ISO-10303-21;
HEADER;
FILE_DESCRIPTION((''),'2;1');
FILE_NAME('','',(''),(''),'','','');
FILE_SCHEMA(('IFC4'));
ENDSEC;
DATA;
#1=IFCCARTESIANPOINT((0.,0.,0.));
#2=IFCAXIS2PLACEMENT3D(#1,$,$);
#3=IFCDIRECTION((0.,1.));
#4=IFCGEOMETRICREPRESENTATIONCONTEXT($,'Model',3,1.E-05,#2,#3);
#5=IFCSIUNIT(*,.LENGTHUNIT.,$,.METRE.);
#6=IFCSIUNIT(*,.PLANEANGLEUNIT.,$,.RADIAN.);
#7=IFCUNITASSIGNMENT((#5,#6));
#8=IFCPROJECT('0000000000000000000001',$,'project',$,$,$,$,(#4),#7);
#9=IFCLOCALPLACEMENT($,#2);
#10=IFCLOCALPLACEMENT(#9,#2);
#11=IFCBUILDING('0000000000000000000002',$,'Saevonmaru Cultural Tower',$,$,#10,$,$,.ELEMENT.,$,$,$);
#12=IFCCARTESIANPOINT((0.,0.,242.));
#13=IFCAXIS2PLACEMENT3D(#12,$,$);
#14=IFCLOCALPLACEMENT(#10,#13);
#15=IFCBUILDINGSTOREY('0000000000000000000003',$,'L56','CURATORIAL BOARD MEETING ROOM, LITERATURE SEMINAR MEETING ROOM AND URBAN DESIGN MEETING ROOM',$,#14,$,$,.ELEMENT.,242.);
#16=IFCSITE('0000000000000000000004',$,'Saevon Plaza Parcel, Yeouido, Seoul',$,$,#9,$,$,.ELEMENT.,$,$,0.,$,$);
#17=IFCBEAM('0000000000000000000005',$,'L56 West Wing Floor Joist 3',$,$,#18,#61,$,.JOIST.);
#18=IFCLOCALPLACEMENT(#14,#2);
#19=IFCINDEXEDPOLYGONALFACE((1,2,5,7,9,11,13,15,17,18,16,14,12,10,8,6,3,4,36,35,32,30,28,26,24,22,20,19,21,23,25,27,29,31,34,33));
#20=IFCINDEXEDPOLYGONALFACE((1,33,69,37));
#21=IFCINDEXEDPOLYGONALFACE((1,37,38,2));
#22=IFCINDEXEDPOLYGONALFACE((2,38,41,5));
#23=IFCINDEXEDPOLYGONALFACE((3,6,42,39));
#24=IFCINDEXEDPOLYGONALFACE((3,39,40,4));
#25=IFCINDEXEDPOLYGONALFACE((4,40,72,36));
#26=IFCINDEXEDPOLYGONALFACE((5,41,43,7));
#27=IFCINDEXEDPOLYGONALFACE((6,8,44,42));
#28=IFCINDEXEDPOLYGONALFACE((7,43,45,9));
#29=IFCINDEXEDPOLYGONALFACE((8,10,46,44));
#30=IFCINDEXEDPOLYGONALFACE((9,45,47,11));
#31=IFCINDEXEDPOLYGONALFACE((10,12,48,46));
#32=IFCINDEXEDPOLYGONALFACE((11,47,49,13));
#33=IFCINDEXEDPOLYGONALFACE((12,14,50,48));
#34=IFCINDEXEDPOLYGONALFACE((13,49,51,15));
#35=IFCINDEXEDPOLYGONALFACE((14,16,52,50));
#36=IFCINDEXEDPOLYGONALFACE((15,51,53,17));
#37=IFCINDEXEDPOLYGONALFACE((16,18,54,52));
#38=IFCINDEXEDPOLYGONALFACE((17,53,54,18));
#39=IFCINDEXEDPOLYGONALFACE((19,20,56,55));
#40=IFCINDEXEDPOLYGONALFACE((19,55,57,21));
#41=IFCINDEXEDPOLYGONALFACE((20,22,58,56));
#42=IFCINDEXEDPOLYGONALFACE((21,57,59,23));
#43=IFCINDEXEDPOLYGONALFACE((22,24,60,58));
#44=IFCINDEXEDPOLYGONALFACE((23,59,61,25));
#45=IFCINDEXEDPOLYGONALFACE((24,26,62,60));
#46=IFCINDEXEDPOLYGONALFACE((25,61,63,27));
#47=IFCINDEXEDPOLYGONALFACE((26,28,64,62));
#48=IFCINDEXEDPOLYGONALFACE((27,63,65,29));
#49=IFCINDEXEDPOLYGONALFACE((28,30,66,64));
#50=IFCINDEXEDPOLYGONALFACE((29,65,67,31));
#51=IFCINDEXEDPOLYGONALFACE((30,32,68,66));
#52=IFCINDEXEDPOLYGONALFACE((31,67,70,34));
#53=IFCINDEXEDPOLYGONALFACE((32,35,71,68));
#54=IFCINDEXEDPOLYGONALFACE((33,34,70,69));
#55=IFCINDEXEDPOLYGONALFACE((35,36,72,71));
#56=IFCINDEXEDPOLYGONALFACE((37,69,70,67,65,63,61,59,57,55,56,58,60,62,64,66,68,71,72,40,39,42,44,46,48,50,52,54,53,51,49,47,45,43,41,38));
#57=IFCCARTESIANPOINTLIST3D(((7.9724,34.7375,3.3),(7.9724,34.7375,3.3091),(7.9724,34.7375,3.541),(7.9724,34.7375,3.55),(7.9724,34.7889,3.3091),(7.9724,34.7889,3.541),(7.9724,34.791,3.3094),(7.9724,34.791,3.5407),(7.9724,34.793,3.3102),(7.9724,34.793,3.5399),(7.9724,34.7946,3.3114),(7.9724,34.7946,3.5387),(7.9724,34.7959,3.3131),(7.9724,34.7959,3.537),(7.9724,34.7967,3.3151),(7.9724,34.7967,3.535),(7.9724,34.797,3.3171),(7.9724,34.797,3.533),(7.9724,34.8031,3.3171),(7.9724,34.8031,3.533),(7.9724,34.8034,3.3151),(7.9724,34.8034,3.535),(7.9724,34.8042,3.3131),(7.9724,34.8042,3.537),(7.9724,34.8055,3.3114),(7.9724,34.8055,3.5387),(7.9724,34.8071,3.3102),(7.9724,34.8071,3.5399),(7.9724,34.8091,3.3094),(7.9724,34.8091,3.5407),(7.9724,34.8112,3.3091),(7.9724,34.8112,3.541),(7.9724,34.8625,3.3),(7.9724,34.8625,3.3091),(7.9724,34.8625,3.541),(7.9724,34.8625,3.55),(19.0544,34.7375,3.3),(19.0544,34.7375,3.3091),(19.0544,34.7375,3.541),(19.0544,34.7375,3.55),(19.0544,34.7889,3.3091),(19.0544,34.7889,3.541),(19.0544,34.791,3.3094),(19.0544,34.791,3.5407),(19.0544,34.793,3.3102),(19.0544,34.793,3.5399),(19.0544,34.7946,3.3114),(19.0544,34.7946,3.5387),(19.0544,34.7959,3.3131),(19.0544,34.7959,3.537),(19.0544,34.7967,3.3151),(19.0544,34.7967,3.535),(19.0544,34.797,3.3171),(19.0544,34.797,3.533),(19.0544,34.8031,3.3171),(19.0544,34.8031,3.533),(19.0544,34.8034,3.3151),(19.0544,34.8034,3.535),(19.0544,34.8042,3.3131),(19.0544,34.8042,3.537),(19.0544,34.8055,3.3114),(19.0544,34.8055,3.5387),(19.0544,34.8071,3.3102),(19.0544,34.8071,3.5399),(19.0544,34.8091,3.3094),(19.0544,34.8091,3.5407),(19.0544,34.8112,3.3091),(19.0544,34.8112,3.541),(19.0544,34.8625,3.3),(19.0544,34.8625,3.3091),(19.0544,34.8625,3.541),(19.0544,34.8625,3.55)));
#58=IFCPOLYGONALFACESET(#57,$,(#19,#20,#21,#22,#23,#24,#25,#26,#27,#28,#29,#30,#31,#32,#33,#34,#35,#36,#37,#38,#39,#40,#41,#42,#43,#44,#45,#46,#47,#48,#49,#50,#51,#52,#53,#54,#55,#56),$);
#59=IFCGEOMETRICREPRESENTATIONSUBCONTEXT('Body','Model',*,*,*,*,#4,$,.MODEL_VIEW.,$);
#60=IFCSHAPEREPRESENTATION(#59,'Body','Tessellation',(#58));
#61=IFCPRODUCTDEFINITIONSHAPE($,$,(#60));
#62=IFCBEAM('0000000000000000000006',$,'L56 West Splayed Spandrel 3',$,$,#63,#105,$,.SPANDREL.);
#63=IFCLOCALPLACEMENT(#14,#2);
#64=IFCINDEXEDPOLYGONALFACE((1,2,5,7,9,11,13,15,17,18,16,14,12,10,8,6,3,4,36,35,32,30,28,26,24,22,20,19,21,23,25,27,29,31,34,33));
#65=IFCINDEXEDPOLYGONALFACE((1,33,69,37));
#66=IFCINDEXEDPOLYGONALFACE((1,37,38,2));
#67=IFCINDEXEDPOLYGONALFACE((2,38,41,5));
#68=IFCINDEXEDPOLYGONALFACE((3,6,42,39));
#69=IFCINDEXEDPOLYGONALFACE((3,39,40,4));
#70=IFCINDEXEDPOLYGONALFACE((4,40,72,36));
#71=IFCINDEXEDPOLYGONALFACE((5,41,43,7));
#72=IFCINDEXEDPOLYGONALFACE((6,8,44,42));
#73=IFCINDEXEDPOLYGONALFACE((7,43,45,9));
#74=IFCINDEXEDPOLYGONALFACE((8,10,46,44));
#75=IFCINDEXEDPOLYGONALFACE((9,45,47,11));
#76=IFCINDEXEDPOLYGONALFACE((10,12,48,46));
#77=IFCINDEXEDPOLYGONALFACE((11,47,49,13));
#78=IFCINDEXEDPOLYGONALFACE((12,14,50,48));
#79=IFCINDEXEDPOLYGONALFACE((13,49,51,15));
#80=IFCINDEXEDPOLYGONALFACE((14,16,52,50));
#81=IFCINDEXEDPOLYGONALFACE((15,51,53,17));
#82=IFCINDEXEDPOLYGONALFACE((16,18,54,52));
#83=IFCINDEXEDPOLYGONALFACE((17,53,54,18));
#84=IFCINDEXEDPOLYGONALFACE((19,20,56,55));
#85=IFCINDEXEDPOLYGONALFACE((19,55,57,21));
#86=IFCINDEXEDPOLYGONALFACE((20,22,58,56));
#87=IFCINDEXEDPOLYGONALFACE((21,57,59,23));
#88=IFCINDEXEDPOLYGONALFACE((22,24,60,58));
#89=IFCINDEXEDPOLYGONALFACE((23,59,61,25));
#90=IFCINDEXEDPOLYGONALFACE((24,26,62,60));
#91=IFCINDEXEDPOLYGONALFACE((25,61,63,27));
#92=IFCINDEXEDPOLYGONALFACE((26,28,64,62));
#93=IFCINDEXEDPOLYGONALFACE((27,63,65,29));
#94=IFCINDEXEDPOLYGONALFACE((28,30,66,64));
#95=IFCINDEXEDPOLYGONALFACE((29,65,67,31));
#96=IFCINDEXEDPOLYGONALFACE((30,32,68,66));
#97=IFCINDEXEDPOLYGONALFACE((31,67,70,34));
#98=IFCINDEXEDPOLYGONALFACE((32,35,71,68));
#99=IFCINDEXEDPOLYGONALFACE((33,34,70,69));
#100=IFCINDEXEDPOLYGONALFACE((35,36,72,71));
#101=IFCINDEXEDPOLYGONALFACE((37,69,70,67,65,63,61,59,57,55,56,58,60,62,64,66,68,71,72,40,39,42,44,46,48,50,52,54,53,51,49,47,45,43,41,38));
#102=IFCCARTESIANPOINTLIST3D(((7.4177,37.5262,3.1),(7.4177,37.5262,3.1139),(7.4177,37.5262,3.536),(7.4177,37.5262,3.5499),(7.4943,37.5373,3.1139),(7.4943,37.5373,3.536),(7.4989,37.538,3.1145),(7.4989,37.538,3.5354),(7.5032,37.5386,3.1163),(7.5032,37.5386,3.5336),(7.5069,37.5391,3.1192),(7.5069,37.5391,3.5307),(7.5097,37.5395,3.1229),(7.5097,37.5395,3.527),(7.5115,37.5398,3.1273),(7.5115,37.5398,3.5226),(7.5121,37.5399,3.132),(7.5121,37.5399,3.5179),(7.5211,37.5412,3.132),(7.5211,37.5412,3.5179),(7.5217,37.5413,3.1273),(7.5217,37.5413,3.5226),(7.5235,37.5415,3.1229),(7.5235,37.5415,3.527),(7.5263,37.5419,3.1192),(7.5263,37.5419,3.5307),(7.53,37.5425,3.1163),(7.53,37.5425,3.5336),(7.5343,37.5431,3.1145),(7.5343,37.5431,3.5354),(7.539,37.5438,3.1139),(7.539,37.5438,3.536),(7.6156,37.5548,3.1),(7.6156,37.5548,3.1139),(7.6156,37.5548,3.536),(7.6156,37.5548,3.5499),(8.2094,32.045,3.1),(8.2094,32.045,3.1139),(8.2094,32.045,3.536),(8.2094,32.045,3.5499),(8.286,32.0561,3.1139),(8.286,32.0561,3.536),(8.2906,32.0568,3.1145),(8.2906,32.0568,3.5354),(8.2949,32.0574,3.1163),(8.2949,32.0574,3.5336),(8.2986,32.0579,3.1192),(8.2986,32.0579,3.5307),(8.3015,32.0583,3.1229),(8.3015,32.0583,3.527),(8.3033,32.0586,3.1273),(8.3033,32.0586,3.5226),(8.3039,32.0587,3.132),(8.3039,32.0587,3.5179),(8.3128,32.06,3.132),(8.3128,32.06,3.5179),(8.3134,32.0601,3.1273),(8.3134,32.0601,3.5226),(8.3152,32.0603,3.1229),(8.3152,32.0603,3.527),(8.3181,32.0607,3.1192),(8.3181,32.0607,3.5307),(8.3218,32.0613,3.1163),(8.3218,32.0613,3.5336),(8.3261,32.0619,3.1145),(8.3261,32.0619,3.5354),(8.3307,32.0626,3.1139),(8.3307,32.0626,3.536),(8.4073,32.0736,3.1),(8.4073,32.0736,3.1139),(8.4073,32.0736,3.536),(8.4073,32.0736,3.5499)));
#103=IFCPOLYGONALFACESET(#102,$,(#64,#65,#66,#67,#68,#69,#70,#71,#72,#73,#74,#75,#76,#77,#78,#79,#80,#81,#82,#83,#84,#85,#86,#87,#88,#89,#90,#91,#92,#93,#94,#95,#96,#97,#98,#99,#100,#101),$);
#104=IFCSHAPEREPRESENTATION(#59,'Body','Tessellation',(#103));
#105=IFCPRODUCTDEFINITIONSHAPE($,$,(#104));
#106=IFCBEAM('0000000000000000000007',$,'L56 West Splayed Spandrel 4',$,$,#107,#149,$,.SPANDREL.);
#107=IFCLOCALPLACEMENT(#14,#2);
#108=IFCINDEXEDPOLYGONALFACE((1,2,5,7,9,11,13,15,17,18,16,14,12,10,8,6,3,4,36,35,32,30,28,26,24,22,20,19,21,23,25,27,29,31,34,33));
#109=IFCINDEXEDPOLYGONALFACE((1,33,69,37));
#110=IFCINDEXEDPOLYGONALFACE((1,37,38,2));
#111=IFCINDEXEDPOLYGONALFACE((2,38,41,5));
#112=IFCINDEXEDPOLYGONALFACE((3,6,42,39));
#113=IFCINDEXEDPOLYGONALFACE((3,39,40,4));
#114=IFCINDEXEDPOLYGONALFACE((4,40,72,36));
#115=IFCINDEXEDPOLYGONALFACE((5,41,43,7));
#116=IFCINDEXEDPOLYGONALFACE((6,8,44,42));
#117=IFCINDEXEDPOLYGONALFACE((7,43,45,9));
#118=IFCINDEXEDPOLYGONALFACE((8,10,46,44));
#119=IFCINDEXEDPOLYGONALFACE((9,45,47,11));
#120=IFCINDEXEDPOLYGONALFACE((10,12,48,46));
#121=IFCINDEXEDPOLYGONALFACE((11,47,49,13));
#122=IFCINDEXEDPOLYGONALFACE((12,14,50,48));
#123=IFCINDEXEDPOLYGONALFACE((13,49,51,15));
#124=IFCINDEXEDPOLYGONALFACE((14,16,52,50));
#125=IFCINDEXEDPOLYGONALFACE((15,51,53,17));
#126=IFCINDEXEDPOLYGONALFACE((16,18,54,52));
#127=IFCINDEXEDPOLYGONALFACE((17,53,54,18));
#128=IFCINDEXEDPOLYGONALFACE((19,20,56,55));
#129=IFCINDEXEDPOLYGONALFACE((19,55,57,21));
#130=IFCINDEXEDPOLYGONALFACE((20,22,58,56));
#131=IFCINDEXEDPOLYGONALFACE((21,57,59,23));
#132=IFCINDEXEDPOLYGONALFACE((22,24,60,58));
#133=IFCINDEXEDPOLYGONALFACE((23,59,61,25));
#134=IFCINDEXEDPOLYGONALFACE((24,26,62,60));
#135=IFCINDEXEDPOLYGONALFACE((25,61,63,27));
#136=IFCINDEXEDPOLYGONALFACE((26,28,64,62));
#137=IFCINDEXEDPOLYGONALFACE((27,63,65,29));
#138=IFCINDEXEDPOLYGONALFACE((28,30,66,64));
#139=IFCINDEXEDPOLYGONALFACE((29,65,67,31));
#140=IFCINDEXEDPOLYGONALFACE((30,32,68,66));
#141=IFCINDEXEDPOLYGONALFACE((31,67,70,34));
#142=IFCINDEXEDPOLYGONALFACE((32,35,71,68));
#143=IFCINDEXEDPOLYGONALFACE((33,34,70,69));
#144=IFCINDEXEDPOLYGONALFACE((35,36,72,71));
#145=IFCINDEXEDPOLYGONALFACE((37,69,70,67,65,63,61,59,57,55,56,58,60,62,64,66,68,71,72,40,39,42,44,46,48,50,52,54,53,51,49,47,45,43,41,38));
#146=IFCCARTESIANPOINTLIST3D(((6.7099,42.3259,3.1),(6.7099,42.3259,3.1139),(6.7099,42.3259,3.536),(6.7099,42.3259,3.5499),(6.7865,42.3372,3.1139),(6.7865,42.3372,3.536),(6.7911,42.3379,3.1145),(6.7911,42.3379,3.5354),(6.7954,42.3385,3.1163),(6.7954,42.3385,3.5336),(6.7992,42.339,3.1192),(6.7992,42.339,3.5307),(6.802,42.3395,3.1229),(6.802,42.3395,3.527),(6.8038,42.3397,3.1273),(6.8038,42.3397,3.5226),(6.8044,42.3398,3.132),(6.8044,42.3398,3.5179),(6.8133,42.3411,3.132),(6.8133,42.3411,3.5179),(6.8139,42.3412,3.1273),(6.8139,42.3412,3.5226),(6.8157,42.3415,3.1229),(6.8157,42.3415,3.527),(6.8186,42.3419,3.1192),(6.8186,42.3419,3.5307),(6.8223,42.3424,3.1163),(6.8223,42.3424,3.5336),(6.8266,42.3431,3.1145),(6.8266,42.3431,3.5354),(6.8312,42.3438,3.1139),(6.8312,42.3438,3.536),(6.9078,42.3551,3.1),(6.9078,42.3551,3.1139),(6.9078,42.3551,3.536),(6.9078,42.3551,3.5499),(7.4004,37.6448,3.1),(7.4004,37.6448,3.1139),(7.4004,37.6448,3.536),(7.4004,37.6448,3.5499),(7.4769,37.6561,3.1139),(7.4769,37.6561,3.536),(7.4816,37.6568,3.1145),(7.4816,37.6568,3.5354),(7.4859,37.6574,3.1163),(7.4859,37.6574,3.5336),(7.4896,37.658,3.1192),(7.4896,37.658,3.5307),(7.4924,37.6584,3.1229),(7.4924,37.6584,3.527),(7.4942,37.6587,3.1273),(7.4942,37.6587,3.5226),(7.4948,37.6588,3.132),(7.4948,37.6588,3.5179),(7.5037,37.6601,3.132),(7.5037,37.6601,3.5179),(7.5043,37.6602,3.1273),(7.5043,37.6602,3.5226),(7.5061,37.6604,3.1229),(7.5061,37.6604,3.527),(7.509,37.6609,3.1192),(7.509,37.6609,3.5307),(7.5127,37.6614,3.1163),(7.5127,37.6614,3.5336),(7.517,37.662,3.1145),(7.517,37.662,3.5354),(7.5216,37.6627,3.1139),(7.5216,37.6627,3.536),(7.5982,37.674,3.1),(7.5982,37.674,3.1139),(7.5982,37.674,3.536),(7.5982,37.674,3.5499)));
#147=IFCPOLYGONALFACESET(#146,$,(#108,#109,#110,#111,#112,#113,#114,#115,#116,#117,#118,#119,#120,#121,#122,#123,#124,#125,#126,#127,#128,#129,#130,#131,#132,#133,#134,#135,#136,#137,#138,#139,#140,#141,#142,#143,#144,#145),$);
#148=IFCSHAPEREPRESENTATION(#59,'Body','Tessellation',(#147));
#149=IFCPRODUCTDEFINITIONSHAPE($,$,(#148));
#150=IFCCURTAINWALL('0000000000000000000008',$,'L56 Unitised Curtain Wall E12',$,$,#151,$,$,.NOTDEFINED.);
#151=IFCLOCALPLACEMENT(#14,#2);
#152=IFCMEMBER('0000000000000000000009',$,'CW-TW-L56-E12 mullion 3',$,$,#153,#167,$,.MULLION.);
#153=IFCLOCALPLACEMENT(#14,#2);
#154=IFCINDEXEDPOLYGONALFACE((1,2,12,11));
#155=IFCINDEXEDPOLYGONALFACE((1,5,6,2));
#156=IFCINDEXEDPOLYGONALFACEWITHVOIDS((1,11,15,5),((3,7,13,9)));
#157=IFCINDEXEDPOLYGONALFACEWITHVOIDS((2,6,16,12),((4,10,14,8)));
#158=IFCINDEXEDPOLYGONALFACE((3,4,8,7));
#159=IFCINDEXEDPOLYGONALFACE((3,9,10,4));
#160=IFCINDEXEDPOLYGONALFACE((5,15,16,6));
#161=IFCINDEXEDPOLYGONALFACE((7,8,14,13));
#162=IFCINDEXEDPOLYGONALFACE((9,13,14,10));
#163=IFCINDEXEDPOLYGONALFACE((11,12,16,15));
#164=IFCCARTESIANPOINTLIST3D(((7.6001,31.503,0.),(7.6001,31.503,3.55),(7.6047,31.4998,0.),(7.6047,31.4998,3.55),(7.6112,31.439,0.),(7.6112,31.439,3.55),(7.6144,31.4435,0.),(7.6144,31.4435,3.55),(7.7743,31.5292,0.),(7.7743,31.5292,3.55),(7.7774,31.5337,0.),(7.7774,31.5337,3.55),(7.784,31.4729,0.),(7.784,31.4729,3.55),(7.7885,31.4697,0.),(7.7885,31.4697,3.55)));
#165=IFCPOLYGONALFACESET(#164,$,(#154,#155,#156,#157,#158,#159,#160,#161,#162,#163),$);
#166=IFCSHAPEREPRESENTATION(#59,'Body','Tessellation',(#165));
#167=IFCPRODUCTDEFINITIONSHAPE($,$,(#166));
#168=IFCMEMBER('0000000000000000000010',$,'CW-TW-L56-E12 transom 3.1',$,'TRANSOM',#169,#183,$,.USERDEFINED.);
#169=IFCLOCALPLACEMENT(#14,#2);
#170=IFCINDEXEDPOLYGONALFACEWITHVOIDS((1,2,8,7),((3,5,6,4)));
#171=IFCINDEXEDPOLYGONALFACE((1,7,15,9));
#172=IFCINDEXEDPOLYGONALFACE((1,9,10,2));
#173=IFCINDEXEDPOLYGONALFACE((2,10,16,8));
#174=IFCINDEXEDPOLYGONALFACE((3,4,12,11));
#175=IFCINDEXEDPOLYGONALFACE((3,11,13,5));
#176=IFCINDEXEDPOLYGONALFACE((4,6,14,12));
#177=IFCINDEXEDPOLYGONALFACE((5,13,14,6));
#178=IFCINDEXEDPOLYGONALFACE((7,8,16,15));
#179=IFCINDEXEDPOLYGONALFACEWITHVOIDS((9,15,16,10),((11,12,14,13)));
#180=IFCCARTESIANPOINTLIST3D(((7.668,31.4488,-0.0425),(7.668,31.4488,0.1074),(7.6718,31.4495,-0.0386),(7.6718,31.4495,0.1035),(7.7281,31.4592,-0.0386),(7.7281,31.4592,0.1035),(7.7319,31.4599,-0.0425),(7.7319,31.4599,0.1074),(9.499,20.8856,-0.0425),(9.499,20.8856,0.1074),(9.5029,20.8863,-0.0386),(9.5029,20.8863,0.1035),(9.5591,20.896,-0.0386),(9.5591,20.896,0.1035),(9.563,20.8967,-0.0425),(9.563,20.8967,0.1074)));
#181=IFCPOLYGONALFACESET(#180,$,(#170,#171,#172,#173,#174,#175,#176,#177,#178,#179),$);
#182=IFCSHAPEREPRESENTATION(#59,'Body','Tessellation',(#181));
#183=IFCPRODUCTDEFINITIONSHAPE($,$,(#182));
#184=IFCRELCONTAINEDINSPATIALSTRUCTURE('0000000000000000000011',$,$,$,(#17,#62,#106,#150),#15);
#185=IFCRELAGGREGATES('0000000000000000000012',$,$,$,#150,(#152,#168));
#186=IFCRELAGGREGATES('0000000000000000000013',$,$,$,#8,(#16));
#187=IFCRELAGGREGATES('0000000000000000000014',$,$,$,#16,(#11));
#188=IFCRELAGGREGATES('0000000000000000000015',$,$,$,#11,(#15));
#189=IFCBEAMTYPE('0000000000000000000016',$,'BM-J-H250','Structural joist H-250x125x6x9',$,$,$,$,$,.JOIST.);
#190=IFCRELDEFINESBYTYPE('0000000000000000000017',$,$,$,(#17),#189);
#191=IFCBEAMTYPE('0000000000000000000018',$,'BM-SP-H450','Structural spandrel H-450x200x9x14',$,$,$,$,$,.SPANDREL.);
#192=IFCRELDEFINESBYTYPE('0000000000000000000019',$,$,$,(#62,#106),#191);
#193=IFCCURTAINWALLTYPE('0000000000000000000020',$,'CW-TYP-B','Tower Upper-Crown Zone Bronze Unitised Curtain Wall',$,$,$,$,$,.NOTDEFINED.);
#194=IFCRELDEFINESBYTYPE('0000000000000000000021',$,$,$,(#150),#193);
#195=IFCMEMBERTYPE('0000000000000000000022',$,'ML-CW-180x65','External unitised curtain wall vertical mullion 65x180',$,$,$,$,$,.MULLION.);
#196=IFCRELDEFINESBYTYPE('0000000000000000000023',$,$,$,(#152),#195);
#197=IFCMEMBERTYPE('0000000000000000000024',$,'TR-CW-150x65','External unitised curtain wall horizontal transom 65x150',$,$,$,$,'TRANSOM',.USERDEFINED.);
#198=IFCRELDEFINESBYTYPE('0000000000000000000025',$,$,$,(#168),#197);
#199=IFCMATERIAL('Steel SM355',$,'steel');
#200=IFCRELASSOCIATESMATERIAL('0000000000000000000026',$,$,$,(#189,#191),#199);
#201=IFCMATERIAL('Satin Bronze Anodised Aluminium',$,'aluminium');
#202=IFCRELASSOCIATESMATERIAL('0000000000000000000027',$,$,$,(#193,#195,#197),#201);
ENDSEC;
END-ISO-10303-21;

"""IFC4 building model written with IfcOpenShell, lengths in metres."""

from ifc_helpers import new_model, si_unit, direction, frame, origin, origin_2d, place, context, subcontext, project, spatial, hollow_rectangle, i_section, extrude, material, material_profile, profile_set, type_object, element, aggregate, save


model = new_model("IFC4")

# Units and contexts
model_context = context("Model", 3, precision=1e-05, world=origin(), true_north=direction((0.0, 1.0)))
body_context = subcontext(model_context, "Body", "Model", "MODEL_VIEW")
ifc_project = project(units=[si_unit("LENGTHUNIT", "METRE"), si_unit("PLANEANGLEUNIT", "RADIAN")], contexts=[model_context])

# Site, building, storey
site_placement = place(None, origin())
site = spatial("IfcSite", under=ifc_project, at=site_placement, Name="Saevon Plaza Parcel, Yeouido, Seoul", CompositionType="ELEMENT", RefElevation=0.0)
building_placement = place(site_placement, origin())
building = spatial("IfcBuilding", under=site, at=building_placement, Name="Saevonmaru Cultural Tower", CompositionType="ELEMENT")
storey_placement = place(building_placement, frame((0.0, 0.0, 242.0)))
storey = spatial("IfcBuildingStorey", under=building, at=storey_placement, Name="L56", Description="CURATORIAL BOARD MEETING ROOM, LITERATURE SEMINAR MEETING ROOM AND URBAN DESIGN MEETING ROOM", CompositionType="ELEMENT", Elevation=242.0)

# Beams
ifc_material_1 = material(Name="Steel SM355", Category="steel")
ifc_material_profile_1 = material_profile(ifc_material_1, i_section(OverallWidth=0.125, OverallDepth=0.25, WebThickness=0.0061, FlangeThickness=0.009, FilletRadius=0.0081, at=origin_2d()), Name="H-250x125x6x9")
ifc_profile_set_1 = profile_set([ifc_material_profile_1], Name="Steel SM355")
beam_type_1 = type_object("IfcBeamType", Name="BM-J-H250", Description="Structural joist H-250x125x6x9", PredefinedType="JOIST", material=ifc_profile_set_1)
for number, where, z_axis, x_axis, name in (
    (1, (7.9724, 34.8, 3.425), (1.0, 0.0, 0.0), (0.0, 1.0, 0.0), "L56 West Wing Floor Joist 3"),
):
    element("IfcBeam", number, at=place(storey_placement, frame(where, z_axis=z_axis, x_axis=x_axis)), inside=storey, type_object=beam_type_1, Name=name, PredefinedType="JOIST", context=body_context, shape_type="SweptSolid", body=[
        extrude(i_section(OverallWidth=0.125, OverallDepth=0.25, WebThickness=0.0061, FlangeThickness=0.009, FilletRadius=0.0081, at=origin_2d()), origin(), (0.0, 0.0, 1.0), 11.082),
    ])
ifc_material_profile_2 = material_profile(ifc_material_1, i_section(OverallWidth=0.2, OverallDepth=0.45, WebThickness=0.009, FlangeThickness=0.0139, FilletRadius=0.0181, at=origin_2d()), Name="H-450x200x9x14")
ifc_profile_set_2 = profile_set([ifc_material_profile_2], Name="Steel SM355")
beam_type_2 = type_object("IfcBeamType", Name="BM-SP-H450", Description="Structural spandrel H-450x200x9x14", PredefinedType="SPANDREL", material=ifc_profile_set_2)
beam_1_placement = place(storey_placement, frame((8.3083, 32.0593, 3.325), z_axis=(-0.142964, 0.989728, 0.0), x_axis=(-0.989728, -0.142964, 0.0)))
element("IfcBeam", 2, at=beam_1_placement, inside=storey, type_object=beam_type_2, Name="L56 West Splayed Spandrel 3", PredefinedType="SPANDREL", context=body_context, shape_type="SweptSolid", body=[
    extrude(i_section(OverallWidth=0.2, OverallDepth=0.45, WebThickness=0.009, FlangeThickness=0.0139, FilletRadius=0.0181, at=origin_2d()), origin(), (0.0, 0.0, 1.0), 5.5381),
])
beam_2_placement = place(storey_placement, frame((7.4993, 37.6594, 3.325), z_axis=(-0.145913, 0.989297, 0.0), x_axis=(-0.989297, -0.145913, 0.0)))
element("IfcBeam", 3, at=beam_2_placement, inside=storey, type_object=beam_type_2, Name="L56 West Splayed Spandrel 4", PredefinedType="SPANDREL", context=body_context, shape_type="SweptSolid", body=[
    extrude(i_section(OverallWidth=0.2, OverallDepth=0.45, WebThickness=0.009, FlangeThickness=0.0139, FilletRadius=0.0181, at=origin_2d()), origin(), (0.0, 0.0, 1.0), 4.7317),
])

# Curtain wall, members
ifc_material_2 = material(Name="Satin Bronze Anodised Aluminium", Category="aluminium")
curtain_wall_type = type_object("IfcCurtainWallType", Name="CW-TYP-B", Description="Tower Upper-Crown Zone Bronze Unitised Curtain Wall", PredefinedType="NOTDEFINED", material=ifc_material_2)
curtain_wall_placement = place(storey_placement, origin())
curtain_wall = element("IfcCurtainWall", 4, at=curtain_wall_placement, inside=storey, type_object=curtain_wall_type, Name="L56 Unitised Curtain Wall E12", PredefinedType="NOTDEFINED")
ifc_material_profile_3 = material_profile(ifc_material_2, hollow_rectangle(XDim=0.0649, YDim=0.1799, WallThickness=0.0039, at=origin_2d()), Name="ALU-MULL-180x65x4")
ifc_profile_set_3 = profile_set([ifc_material_profile_3], Name="Satin Bronze Anodised Aluminium")
member_type_1 = type_object("IfcMemberType", Name="ML-CW-180x65", Description="External unitised curtain wall vertical mullion 65x180", PredefinedType="MULLION", material=ifc_profile_set_3)
member_1_placement = place(storey_placement, frame((7.6943, 31.4863, 0.0), z_axis=(0.0, 0.0, 1.0), x_axis=(0.17079, -0.985307, 0.0)))
member_1 = element("IfcMember", 5, at=member_1_placement, type_object=member_type_1, Name="CW-TW-L56-E12 mullion 3", PredefinedType="MULLION", context=body_context, shape_type="SweptSolid", body=[
    extrude(hollow_rectangle(XDim=0.0649, YDim=0.1799, WallThickness=0.0039, at=origin_2d()), origin(), (0.0, 0.0, 1.0), 3.55),
])
ifc_material_profile_4 = material_profile(ifc_material_2, hollow_rectangle(XDim=0.0649, YDim=0.1499, WallThickness=0.0039, at=origin_2d()), Name="ALU-TRAN-150x65x4")
ifc_profile_set_4 = profile_set([ifc_material_profile_4], Name="Satin Bronze Anodised Aluminium")
member_type_2 = type_object("IfcMemberType", Name="TR-CW-150x65", Description="External unitised curtain wall horizontal transom 65x150", ElementType="TRANSOM", PredefinedType="USERDEFINED", material=ifc_profile_set_4)
member_2_placement = place(storey_placement, frame((7.7, 31.4543, 0.0325), z_axis=(0.170795, -0.985307, 0.0), x_axis=(0.985307, 0.170795, 0.0)))
member_2 = element("IfcMember", 6, at=member_2_placement, type_object=member_type_2, Name="CW-TW-L56-E12 transom 3.1", ObjectType="TRANSOM", PredefinedType="USERDEFINED", context=body_context, shape_type="SweptSolid", body=[
    extrude(hollow_rectangle(XDim=0.0649, YDim=0.1499, WallThickness=0.0039, at=origin_2d()), origin(), (0.0, 0.0, 1.0), 10.7207),
])
aggregate(curtain_wall, [member_1, member_2])

save(model, "model.ifc")
